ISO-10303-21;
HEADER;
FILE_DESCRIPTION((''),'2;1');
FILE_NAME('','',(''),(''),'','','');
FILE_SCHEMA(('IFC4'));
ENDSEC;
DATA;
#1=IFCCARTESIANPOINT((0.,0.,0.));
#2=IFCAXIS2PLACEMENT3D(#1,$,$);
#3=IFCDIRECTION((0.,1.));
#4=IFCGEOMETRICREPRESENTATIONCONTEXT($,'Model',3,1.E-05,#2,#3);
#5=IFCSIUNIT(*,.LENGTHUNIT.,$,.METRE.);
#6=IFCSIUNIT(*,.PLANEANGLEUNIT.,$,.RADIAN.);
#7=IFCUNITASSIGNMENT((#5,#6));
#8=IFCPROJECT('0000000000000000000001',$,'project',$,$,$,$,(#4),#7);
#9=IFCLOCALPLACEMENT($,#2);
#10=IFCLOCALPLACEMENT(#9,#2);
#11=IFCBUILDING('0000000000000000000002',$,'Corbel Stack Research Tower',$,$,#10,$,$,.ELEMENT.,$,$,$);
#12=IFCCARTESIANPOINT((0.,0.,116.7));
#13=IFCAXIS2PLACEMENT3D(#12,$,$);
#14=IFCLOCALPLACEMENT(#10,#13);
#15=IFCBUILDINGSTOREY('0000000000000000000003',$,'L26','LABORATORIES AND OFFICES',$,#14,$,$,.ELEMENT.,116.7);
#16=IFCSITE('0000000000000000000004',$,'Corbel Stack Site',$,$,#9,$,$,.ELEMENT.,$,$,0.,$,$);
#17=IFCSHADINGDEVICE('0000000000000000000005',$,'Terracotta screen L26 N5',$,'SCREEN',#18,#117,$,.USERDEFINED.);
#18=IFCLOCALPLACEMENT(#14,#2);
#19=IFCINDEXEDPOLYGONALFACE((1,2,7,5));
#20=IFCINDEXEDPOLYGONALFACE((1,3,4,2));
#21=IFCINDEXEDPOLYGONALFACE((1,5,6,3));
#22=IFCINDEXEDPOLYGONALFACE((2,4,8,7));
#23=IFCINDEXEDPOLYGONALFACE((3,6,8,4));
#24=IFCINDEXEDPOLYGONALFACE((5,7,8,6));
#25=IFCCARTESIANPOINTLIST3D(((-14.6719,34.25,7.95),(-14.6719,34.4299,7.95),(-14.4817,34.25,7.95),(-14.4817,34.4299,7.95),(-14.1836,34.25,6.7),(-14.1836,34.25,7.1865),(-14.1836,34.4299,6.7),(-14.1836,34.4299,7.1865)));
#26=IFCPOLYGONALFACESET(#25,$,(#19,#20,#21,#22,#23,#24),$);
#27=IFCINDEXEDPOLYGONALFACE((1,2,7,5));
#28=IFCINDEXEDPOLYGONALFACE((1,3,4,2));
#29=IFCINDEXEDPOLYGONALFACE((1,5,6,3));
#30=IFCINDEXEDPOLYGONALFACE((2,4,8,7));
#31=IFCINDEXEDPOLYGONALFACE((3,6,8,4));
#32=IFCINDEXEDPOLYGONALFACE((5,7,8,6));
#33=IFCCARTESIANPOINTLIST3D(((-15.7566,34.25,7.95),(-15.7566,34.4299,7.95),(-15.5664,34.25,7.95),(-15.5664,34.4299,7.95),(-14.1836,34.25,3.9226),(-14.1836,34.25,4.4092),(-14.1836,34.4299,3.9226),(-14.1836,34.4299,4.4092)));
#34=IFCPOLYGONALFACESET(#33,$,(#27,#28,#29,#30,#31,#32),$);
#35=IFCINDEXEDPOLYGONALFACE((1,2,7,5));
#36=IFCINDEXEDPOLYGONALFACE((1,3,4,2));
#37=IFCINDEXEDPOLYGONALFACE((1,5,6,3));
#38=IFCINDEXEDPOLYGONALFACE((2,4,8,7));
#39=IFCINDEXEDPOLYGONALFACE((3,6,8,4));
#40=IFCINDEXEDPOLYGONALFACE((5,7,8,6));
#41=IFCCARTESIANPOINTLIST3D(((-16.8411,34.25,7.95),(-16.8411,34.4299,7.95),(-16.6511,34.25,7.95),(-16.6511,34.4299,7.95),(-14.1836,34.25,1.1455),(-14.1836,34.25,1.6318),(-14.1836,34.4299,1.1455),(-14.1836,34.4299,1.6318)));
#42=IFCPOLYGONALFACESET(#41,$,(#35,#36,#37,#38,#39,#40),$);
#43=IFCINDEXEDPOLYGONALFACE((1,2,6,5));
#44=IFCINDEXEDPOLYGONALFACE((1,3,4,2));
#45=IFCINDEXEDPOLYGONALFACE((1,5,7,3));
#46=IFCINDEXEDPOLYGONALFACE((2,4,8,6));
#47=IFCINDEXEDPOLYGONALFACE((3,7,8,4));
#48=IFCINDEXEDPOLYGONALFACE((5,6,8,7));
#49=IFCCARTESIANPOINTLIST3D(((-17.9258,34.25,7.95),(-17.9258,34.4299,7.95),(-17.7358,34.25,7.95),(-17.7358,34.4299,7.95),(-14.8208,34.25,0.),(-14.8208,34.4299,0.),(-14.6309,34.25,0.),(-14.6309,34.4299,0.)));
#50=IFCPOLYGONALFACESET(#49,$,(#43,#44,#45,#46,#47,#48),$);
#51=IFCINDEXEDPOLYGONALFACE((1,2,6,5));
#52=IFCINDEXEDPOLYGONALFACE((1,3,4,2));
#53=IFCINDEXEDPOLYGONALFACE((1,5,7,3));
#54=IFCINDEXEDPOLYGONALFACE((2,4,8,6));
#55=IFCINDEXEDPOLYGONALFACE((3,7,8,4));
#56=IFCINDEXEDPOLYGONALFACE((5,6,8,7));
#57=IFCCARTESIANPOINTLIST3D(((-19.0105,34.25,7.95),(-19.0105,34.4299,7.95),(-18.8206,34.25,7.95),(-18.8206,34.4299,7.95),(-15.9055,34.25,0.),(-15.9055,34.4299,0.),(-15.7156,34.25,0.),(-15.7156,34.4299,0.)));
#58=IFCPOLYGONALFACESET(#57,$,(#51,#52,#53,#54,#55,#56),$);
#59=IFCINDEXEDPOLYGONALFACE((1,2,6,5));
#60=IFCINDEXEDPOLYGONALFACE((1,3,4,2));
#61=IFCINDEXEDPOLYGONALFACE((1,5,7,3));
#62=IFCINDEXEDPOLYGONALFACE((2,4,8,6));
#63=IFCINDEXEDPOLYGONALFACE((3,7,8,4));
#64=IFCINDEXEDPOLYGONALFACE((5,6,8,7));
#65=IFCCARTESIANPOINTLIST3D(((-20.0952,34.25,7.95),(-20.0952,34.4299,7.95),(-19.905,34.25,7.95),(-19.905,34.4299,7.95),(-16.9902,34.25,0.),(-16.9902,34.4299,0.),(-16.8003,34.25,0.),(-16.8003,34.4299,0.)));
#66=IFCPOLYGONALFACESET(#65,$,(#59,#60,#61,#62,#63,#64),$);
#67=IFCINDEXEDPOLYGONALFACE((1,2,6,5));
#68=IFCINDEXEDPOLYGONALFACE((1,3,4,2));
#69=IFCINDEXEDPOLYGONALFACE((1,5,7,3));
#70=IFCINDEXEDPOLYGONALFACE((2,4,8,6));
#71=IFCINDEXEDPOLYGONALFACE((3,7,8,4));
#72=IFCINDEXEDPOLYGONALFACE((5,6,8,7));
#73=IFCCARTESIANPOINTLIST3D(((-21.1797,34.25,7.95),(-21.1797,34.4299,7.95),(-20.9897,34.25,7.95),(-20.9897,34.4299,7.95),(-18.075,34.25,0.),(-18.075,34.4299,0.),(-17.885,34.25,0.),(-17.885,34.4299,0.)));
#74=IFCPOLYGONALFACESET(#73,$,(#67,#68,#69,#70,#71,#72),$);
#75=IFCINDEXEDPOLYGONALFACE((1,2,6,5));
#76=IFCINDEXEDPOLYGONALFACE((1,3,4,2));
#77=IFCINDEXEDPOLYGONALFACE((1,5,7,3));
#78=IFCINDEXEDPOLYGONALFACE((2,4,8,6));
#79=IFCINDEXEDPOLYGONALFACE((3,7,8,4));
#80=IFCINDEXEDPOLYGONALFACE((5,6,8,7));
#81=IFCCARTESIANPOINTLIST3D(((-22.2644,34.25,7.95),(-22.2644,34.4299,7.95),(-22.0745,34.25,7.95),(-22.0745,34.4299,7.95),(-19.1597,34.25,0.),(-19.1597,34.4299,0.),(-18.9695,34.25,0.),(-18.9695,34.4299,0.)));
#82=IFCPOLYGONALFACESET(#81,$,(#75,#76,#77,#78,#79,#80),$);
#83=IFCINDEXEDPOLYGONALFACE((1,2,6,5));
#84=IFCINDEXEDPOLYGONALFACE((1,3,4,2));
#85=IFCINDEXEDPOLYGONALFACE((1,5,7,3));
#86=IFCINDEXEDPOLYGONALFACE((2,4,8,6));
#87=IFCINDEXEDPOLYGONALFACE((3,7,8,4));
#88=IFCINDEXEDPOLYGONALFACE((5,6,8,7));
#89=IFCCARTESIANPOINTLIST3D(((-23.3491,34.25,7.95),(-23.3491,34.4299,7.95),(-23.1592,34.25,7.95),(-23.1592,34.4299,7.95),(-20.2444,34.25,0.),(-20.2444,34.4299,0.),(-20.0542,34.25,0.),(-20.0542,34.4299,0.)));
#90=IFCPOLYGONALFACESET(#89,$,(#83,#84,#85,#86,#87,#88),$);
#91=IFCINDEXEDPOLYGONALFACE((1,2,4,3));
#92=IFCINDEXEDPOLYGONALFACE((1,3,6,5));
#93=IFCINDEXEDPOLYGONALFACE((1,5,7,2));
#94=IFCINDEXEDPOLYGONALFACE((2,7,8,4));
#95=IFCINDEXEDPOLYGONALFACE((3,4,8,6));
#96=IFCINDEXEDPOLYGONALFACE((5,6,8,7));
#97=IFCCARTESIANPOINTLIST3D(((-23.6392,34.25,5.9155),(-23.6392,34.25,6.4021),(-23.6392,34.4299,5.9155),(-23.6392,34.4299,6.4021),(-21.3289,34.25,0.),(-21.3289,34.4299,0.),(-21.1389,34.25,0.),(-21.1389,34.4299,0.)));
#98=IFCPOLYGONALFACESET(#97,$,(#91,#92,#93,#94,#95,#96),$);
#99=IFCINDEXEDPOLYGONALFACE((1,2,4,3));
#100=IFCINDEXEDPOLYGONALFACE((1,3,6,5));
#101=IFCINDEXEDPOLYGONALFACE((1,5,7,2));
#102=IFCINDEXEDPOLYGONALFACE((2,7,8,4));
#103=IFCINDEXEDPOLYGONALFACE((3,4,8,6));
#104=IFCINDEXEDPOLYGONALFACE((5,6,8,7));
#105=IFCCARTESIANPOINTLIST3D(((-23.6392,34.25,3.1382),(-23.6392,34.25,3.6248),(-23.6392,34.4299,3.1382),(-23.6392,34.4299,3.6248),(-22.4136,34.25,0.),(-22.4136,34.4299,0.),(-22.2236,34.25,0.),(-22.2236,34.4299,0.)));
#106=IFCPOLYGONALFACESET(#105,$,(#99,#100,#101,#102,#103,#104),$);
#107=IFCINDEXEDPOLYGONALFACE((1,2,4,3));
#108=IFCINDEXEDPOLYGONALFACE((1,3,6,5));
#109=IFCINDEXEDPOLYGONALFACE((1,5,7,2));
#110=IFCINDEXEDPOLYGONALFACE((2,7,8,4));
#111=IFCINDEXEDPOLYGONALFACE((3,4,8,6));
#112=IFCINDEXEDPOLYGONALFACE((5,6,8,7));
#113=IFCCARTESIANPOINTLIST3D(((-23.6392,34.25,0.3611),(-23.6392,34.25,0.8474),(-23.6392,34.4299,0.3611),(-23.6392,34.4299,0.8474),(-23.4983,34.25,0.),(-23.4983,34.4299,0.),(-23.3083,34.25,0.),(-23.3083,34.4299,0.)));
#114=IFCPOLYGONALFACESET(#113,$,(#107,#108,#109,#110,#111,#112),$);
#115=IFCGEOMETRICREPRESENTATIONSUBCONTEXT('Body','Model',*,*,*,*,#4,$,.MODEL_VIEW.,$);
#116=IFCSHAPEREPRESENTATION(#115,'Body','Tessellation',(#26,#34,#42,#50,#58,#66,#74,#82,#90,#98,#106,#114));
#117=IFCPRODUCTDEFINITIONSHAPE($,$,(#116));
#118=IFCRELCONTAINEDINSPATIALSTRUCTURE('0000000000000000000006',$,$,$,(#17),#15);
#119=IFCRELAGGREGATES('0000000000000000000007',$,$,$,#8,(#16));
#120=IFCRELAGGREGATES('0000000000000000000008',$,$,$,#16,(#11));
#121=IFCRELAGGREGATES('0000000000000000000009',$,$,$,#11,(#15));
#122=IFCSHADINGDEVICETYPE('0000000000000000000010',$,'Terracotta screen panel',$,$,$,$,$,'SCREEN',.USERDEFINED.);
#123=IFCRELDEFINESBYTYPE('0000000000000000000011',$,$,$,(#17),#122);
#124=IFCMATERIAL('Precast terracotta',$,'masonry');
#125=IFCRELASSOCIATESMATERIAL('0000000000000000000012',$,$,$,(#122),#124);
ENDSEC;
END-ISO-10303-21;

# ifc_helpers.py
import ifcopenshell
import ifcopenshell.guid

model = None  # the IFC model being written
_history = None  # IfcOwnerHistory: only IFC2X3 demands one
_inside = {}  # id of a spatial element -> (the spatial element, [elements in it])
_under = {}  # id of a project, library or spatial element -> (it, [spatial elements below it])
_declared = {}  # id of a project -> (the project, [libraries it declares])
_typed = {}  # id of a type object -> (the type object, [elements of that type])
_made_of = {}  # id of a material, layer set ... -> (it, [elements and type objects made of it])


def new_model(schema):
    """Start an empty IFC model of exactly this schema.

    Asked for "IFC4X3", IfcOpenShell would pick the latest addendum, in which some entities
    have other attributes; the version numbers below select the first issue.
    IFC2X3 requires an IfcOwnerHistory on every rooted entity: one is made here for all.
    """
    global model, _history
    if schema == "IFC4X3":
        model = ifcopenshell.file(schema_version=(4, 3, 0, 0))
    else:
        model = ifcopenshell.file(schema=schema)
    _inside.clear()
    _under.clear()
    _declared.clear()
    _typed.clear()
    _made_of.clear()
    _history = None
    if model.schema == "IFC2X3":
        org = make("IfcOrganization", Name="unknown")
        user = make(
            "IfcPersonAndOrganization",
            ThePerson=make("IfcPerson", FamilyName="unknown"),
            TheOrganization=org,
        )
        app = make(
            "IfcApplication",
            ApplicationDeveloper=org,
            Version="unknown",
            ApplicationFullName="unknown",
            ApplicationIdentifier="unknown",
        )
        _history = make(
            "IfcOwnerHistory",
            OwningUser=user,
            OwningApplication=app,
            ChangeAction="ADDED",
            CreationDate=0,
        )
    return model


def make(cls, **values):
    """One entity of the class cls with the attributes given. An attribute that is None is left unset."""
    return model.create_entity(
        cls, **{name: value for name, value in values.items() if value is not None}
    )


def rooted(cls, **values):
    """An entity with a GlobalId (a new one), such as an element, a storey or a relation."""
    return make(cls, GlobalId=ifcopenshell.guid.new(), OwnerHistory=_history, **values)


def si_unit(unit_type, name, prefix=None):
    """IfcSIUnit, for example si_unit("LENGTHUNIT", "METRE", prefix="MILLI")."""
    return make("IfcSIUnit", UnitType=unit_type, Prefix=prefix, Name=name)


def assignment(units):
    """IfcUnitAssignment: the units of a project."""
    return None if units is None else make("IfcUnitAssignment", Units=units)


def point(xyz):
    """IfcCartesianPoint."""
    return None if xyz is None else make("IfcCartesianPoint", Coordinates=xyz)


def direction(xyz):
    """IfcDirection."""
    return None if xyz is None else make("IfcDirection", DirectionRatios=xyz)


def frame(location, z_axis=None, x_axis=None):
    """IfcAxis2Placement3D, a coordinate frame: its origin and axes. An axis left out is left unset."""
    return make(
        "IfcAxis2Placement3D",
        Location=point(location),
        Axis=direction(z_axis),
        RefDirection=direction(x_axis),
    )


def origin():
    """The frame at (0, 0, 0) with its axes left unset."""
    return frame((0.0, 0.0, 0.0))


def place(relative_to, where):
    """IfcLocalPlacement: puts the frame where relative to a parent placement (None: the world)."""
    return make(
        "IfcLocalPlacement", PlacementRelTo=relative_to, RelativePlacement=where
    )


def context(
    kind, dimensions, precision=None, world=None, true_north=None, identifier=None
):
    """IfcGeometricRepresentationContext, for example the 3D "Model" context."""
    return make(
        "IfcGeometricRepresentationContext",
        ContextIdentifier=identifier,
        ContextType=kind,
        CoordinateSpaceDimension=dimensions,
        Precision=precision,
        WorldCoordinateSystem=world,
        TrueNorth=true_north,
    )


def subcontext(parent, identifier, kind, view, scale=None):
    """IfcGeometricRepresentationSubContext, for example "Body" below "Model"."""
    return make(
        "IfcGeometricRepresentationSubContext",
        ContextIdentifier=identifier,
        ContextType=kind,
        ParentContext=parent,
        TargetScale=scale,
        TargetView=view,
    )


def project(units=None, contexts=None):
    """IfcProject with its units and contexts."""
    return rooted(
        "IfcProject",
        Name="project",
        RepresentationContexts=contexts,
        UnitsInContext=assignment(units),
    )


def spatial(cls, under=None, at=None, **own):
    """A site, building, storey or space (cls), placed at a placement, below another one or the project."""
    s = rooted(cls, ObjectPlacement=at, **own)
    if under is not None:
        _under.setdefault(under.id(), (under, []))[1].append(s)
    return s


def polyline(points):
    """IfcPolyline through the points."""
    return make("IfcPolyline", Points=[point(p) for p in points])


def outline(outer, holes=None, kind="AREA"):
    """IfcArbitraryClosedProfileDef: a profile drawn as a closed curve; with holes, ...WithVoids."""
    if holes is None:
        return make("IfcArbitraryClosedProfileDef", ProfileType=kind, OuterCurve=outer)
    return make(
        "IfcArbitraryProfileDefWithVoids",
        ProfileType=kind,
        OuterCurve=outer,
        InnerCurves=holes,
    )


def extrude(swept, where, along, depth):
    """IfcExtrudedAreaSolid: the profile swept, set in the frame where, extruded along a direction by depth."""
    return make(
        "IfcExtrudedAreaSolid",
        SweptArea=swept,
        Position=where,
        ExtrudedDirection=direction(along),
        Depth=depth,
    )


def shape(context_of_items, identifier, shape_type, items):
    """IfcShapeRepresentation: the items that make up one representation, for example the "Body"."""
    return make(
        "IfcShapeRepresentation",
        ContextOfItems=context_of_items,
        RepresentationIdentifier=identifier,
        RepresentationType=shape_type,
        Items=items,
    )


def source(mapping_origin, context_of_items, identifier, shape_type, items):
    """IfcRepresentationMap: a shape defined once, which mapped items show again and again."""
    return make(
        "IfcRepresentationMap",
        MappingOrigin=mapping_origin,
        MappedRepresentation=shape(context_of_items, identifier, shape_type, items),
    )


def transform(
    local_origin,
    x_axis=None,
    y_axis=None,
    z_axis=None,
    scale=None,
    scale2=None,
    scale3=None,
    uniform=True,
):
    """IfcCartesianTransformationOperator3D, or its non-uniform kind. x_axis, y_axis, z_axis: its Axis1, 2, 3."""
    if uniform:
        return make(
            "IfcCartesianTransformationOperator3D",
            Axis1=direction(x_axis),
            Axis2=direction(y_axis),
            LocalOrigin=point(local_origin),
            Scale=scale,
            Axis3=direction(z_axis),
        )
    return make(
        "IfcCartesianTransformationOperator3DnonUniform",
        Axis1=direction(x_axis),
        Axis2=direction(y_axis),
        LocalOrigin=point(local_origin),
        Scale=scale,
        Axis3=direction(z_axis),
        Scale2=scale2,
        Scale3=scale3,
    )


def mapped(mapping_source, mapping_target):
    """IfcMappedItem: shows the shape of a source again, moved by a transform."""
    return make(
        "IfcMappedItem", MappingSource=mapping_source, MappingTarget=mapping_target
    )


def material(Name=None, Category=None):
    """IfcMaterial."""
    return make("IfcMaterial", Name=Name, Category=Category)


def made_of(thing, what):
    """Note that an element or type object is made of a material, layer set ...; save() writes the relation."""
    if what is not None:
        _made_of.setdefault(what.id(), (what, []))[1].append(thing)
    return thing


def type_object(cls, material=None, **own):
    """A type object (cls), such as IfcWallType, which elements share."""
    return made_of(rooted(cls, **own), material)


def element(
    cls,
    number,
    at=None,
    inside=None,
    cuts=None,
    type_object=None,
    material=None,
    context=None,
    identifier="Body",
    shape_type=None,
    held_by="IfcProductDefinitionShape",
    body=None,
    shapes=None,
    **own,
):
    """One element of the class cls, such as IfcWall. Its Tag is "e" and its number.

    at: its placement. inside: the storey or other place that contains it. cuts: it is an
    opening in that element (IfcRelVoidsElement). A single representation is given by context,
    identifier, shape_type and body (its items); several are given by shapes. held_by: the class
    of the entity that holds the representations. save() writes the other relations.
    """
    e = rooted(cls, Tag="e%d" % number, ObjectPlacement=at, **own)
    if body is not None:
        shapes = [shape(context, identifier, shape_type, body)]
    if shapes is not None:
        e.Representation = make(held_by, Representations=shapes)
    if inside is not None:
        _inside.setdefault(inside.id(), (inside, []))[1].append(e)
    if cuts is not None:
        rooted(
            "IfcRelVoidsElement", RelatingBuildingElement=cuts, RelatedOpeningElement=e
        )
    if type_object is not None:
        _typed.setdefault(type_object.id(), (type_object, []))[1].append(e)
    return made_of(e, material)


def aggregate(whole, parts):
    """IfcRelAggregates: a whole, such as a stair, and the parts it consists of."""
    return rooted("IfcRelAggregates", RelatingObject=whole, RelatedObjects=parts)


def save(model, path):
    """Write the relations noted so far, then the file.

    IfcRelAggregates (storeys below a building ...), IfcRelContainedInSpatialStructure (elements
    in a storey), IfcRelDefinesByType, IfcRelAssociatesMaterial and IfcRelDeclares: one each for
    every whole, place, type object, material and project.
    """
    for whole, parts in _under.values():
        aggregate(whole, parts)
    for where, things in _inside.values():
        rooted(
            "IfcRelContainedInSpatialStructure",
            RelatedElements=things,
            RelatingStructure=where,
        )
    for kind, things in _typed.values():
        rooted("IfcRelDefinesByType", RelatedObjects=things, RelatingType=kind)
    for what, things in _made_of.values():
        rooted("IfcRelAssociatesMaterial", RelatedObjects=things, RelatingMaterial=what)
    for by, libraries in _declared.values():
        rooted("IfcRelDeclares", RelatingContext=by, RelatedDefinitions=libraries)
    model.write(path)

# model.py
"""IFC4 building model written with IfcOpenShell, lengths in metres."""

from ifc_helpers import new_model, si_unit, direction, frame, origin, place, context, subcontext, project, spatial, polyline, outline, extrude, source, transform, mapped, material, type_object, element, save


model = new_model("IFC4")

# Units and contexts
model_context = context("Model", 3, precision=1e-05, world=origin(), true_north=direction((0.0, 1.0)))
body_context = subcontext(model_context, "Body", "Model", "MODEL_VIEW")
ifc_project = project(units=[si_unit("LENGTHUNIT", "METRE"), si_unit("PLANEANGLEUNIT", "RADIAN")], contexts=[model_context])

# Site, building, storey
site_placement = place(None, origin())
site = spatial("IfcSite", under=ifc_project, at=site_placement, Name="Corbel Stack Site", CompositionType="ELEMENT", RefElevation=0.0)
building_placement = place(site_placement, origin())
building = spatial("IfcBuilding", under=site, at=building_placement, Name="Corbel Stack Research Tower", CompositionType="ELEMENT")
storey_placement = place(building_placement, frame((0.0, 0.0, 116.7)))
storey = spatial("IfcBuildingStorey", under=building, at=storey_placement, Name="L26", Description="LABORATORIES AND OFFICES", CompositionType="ELEMENT", Elevation=116.7)

# Shading device
ifc_material_1 = material(Name="Precast terracotta", Category="masonry")
shading_device_type = type_object("IfcShadingDeviceType", Name="Terracotta screen panel", ElementType="SCREEN", PredefinedType="USERDEFINED", material=ifc_material_1)
shared_shape_1 = source(origin(), body_context, "Body", "SweptSolid", [
    extrude(outline(polyline([(0.4883, 7.95), (0.2981, 7.95), (0.0, 7.1865), (0.0, 6.7), (0.4883, 7.95)])), frame((0.0, 0.0, 0.0), z_axis=(0.0, -1.0, 0.0), x_axis=(1.0, 0.0, 0.0)), (0.0, 0.0, 1.0), 0.1799),
    extrude(outline(polyline([(1.573, 7.95), (1.3828, 7.95), (0.0, 4.4092), (0.0, 3.9226), (1.573, 7.95)])), frame((0.0, 0.0, 0.0), z_axis=(0.0, -1.0, 0.0), x_axis=(1.0, 0.0, 0.0)), (0.0, 0.0, 1.0), 0.1799),
    extrude(outline(polyline([(2.6575, 7.95), (2.4675, 7.95), (0.0, 1.6318), (0.0, 1.1455), (2.6575, 7.95)])), frame((0.0, 0.0, 0.0), z_axis=(0.0, -1.0, 0.0), x_axis=(1.0, 0.0, 0.0)), (0.0, 0.0, 1.0), 0.1799),
    extrude(outline(polyline([(0.6372, 0.0), (3.7422, 7.95), (3.5522, 7.95), (0.4473, 0.0), (0.6372, 0.0)])), frame((0.0, 0.0, 0.0), z_axis=(0.0, -1.0, 0.0), x_axis=(1.0, 0.0, 0.0)), (0.0, 0.0, 1.0), 0.1799),
    extrude(outline(polyline([(1.7219, 0.0), (4.8269, 7.95), (4.637, 7.95), (1.532, 0.0), (1.7219, 0.0)])), frame((0.0, 0.0, 0.0), z_axis=(0.0, -1.0, 0.0), x_axis=(1.0, 0.0, 0.0)), (0.0, 0.0, 1.0), 0.1799),
    extrude(outline(polyline([(2.8066, 0.0), (5.9116, 7.95), (5.7214, 7.95), (2.6167, 0.0), (2.8066, 0.0)])), frame((0.0, 0.0, 0.0), z_axis=(0.0, -1.0, 0.0), x_axis=(1.0, 0.0, 0.0)), (0.0, 0.0, 1.0), 0.1799),
    extrude(outline(polyline([(3.8914, 0.0), (6.9961, 7.95), (6.8062, 7.95), (3.7014, 0.0), (3.8914, 0.0)])), frame((0.0, 0.0, 0.0), z_axis=(0.0, -1.0, 0.0), x_axis=(1.0, 0.0, 0.0)), (0.0, 0.0, 1.0), 0.1799),
    extrude(outline(polyline([(4.9761, 0.0), (8.0808, 7.95), (7.8909, 7.95), (4.7859, 0.0), (4.9761, 0.0)])), frame((0.0, 0.0, 0.0), z_axis=(0.0, -1.0, 0.0), x_axis=(1.0, 0.0, 0.0)), (0.0, 0.0, 1.0), 0.1799),
    extrude(outline(polyline([(6.0608, 0.0), (9.1655, 7.95), (8.9756, 7.95), (5.8706, 0.0), (6.0608, 0.0)])), frame((0.0, 0.0, 0.0), z_axis=(0.0, -1.0, 0.0), x_axis=(1.0, 0.0, 0.0)), (0.0, 0.0, 1.0), 0.1799),
    extrude(outline(polyline([(7.1453, 0.0), (9.4556, 5.9155), (9.4556, 6.4021), (6.9553, 0.0), (7.1453, 0.0)])), frame((0.0, 0.0, 0.0), z_axis=(0.0, -1.0, 0.0), x_axis=(1.0, 0.0, 0.0)), (0.0, 0.0, 1.0), 0.1799),
    extrude(outline(polyline([(8.23, 0.0), (9.4556, 3.1382), (9.4556, 3.6248), (8.04, 0.0), (8.23, 0.0)])), frame((0.0, 0.0, 0.0), z_axis=(0.0, -1.0, 0.0), x_axis=(1.0, 0.0, 0.0)), (0.0, 0.0, 1.0), 0.1799),
    extrude(outline(polyline([(9.3147, 0.0), (9.4556, 0.3611), (9.4556, 0.8474), (9.1248, 0.0), (9.3147, 0.0)])), frame((0.0, 0.0, 0.0), z_axis=(0.0, -1.0, 0.0), x_axis=(1.0, 0.0, 0.0)), (0.0, 0.0, 1.0), 0.1799),
])
shading_device_1_placement = place(storey_placement, frame((-14.1836, 34.25, 0.0), z_axis=(0.0, 0.0, 1.0), x_axis=(-1.0, 0.0, 0.0)))
element("IfcShadingDevice", 1, at=shading_device_1_placement, inside=storey, type_object=shading_device_type, Name="Terracotta screen L26 N5", ObjectType="SCREEN", PredefinedType="USERDEFINED", context=body_context, shape_type="MappedRepresentation", body=[
    mapped(shared_shape_1, transform((0.0, 0.0, 0.0))),
])

save(model, "model.ifc")
